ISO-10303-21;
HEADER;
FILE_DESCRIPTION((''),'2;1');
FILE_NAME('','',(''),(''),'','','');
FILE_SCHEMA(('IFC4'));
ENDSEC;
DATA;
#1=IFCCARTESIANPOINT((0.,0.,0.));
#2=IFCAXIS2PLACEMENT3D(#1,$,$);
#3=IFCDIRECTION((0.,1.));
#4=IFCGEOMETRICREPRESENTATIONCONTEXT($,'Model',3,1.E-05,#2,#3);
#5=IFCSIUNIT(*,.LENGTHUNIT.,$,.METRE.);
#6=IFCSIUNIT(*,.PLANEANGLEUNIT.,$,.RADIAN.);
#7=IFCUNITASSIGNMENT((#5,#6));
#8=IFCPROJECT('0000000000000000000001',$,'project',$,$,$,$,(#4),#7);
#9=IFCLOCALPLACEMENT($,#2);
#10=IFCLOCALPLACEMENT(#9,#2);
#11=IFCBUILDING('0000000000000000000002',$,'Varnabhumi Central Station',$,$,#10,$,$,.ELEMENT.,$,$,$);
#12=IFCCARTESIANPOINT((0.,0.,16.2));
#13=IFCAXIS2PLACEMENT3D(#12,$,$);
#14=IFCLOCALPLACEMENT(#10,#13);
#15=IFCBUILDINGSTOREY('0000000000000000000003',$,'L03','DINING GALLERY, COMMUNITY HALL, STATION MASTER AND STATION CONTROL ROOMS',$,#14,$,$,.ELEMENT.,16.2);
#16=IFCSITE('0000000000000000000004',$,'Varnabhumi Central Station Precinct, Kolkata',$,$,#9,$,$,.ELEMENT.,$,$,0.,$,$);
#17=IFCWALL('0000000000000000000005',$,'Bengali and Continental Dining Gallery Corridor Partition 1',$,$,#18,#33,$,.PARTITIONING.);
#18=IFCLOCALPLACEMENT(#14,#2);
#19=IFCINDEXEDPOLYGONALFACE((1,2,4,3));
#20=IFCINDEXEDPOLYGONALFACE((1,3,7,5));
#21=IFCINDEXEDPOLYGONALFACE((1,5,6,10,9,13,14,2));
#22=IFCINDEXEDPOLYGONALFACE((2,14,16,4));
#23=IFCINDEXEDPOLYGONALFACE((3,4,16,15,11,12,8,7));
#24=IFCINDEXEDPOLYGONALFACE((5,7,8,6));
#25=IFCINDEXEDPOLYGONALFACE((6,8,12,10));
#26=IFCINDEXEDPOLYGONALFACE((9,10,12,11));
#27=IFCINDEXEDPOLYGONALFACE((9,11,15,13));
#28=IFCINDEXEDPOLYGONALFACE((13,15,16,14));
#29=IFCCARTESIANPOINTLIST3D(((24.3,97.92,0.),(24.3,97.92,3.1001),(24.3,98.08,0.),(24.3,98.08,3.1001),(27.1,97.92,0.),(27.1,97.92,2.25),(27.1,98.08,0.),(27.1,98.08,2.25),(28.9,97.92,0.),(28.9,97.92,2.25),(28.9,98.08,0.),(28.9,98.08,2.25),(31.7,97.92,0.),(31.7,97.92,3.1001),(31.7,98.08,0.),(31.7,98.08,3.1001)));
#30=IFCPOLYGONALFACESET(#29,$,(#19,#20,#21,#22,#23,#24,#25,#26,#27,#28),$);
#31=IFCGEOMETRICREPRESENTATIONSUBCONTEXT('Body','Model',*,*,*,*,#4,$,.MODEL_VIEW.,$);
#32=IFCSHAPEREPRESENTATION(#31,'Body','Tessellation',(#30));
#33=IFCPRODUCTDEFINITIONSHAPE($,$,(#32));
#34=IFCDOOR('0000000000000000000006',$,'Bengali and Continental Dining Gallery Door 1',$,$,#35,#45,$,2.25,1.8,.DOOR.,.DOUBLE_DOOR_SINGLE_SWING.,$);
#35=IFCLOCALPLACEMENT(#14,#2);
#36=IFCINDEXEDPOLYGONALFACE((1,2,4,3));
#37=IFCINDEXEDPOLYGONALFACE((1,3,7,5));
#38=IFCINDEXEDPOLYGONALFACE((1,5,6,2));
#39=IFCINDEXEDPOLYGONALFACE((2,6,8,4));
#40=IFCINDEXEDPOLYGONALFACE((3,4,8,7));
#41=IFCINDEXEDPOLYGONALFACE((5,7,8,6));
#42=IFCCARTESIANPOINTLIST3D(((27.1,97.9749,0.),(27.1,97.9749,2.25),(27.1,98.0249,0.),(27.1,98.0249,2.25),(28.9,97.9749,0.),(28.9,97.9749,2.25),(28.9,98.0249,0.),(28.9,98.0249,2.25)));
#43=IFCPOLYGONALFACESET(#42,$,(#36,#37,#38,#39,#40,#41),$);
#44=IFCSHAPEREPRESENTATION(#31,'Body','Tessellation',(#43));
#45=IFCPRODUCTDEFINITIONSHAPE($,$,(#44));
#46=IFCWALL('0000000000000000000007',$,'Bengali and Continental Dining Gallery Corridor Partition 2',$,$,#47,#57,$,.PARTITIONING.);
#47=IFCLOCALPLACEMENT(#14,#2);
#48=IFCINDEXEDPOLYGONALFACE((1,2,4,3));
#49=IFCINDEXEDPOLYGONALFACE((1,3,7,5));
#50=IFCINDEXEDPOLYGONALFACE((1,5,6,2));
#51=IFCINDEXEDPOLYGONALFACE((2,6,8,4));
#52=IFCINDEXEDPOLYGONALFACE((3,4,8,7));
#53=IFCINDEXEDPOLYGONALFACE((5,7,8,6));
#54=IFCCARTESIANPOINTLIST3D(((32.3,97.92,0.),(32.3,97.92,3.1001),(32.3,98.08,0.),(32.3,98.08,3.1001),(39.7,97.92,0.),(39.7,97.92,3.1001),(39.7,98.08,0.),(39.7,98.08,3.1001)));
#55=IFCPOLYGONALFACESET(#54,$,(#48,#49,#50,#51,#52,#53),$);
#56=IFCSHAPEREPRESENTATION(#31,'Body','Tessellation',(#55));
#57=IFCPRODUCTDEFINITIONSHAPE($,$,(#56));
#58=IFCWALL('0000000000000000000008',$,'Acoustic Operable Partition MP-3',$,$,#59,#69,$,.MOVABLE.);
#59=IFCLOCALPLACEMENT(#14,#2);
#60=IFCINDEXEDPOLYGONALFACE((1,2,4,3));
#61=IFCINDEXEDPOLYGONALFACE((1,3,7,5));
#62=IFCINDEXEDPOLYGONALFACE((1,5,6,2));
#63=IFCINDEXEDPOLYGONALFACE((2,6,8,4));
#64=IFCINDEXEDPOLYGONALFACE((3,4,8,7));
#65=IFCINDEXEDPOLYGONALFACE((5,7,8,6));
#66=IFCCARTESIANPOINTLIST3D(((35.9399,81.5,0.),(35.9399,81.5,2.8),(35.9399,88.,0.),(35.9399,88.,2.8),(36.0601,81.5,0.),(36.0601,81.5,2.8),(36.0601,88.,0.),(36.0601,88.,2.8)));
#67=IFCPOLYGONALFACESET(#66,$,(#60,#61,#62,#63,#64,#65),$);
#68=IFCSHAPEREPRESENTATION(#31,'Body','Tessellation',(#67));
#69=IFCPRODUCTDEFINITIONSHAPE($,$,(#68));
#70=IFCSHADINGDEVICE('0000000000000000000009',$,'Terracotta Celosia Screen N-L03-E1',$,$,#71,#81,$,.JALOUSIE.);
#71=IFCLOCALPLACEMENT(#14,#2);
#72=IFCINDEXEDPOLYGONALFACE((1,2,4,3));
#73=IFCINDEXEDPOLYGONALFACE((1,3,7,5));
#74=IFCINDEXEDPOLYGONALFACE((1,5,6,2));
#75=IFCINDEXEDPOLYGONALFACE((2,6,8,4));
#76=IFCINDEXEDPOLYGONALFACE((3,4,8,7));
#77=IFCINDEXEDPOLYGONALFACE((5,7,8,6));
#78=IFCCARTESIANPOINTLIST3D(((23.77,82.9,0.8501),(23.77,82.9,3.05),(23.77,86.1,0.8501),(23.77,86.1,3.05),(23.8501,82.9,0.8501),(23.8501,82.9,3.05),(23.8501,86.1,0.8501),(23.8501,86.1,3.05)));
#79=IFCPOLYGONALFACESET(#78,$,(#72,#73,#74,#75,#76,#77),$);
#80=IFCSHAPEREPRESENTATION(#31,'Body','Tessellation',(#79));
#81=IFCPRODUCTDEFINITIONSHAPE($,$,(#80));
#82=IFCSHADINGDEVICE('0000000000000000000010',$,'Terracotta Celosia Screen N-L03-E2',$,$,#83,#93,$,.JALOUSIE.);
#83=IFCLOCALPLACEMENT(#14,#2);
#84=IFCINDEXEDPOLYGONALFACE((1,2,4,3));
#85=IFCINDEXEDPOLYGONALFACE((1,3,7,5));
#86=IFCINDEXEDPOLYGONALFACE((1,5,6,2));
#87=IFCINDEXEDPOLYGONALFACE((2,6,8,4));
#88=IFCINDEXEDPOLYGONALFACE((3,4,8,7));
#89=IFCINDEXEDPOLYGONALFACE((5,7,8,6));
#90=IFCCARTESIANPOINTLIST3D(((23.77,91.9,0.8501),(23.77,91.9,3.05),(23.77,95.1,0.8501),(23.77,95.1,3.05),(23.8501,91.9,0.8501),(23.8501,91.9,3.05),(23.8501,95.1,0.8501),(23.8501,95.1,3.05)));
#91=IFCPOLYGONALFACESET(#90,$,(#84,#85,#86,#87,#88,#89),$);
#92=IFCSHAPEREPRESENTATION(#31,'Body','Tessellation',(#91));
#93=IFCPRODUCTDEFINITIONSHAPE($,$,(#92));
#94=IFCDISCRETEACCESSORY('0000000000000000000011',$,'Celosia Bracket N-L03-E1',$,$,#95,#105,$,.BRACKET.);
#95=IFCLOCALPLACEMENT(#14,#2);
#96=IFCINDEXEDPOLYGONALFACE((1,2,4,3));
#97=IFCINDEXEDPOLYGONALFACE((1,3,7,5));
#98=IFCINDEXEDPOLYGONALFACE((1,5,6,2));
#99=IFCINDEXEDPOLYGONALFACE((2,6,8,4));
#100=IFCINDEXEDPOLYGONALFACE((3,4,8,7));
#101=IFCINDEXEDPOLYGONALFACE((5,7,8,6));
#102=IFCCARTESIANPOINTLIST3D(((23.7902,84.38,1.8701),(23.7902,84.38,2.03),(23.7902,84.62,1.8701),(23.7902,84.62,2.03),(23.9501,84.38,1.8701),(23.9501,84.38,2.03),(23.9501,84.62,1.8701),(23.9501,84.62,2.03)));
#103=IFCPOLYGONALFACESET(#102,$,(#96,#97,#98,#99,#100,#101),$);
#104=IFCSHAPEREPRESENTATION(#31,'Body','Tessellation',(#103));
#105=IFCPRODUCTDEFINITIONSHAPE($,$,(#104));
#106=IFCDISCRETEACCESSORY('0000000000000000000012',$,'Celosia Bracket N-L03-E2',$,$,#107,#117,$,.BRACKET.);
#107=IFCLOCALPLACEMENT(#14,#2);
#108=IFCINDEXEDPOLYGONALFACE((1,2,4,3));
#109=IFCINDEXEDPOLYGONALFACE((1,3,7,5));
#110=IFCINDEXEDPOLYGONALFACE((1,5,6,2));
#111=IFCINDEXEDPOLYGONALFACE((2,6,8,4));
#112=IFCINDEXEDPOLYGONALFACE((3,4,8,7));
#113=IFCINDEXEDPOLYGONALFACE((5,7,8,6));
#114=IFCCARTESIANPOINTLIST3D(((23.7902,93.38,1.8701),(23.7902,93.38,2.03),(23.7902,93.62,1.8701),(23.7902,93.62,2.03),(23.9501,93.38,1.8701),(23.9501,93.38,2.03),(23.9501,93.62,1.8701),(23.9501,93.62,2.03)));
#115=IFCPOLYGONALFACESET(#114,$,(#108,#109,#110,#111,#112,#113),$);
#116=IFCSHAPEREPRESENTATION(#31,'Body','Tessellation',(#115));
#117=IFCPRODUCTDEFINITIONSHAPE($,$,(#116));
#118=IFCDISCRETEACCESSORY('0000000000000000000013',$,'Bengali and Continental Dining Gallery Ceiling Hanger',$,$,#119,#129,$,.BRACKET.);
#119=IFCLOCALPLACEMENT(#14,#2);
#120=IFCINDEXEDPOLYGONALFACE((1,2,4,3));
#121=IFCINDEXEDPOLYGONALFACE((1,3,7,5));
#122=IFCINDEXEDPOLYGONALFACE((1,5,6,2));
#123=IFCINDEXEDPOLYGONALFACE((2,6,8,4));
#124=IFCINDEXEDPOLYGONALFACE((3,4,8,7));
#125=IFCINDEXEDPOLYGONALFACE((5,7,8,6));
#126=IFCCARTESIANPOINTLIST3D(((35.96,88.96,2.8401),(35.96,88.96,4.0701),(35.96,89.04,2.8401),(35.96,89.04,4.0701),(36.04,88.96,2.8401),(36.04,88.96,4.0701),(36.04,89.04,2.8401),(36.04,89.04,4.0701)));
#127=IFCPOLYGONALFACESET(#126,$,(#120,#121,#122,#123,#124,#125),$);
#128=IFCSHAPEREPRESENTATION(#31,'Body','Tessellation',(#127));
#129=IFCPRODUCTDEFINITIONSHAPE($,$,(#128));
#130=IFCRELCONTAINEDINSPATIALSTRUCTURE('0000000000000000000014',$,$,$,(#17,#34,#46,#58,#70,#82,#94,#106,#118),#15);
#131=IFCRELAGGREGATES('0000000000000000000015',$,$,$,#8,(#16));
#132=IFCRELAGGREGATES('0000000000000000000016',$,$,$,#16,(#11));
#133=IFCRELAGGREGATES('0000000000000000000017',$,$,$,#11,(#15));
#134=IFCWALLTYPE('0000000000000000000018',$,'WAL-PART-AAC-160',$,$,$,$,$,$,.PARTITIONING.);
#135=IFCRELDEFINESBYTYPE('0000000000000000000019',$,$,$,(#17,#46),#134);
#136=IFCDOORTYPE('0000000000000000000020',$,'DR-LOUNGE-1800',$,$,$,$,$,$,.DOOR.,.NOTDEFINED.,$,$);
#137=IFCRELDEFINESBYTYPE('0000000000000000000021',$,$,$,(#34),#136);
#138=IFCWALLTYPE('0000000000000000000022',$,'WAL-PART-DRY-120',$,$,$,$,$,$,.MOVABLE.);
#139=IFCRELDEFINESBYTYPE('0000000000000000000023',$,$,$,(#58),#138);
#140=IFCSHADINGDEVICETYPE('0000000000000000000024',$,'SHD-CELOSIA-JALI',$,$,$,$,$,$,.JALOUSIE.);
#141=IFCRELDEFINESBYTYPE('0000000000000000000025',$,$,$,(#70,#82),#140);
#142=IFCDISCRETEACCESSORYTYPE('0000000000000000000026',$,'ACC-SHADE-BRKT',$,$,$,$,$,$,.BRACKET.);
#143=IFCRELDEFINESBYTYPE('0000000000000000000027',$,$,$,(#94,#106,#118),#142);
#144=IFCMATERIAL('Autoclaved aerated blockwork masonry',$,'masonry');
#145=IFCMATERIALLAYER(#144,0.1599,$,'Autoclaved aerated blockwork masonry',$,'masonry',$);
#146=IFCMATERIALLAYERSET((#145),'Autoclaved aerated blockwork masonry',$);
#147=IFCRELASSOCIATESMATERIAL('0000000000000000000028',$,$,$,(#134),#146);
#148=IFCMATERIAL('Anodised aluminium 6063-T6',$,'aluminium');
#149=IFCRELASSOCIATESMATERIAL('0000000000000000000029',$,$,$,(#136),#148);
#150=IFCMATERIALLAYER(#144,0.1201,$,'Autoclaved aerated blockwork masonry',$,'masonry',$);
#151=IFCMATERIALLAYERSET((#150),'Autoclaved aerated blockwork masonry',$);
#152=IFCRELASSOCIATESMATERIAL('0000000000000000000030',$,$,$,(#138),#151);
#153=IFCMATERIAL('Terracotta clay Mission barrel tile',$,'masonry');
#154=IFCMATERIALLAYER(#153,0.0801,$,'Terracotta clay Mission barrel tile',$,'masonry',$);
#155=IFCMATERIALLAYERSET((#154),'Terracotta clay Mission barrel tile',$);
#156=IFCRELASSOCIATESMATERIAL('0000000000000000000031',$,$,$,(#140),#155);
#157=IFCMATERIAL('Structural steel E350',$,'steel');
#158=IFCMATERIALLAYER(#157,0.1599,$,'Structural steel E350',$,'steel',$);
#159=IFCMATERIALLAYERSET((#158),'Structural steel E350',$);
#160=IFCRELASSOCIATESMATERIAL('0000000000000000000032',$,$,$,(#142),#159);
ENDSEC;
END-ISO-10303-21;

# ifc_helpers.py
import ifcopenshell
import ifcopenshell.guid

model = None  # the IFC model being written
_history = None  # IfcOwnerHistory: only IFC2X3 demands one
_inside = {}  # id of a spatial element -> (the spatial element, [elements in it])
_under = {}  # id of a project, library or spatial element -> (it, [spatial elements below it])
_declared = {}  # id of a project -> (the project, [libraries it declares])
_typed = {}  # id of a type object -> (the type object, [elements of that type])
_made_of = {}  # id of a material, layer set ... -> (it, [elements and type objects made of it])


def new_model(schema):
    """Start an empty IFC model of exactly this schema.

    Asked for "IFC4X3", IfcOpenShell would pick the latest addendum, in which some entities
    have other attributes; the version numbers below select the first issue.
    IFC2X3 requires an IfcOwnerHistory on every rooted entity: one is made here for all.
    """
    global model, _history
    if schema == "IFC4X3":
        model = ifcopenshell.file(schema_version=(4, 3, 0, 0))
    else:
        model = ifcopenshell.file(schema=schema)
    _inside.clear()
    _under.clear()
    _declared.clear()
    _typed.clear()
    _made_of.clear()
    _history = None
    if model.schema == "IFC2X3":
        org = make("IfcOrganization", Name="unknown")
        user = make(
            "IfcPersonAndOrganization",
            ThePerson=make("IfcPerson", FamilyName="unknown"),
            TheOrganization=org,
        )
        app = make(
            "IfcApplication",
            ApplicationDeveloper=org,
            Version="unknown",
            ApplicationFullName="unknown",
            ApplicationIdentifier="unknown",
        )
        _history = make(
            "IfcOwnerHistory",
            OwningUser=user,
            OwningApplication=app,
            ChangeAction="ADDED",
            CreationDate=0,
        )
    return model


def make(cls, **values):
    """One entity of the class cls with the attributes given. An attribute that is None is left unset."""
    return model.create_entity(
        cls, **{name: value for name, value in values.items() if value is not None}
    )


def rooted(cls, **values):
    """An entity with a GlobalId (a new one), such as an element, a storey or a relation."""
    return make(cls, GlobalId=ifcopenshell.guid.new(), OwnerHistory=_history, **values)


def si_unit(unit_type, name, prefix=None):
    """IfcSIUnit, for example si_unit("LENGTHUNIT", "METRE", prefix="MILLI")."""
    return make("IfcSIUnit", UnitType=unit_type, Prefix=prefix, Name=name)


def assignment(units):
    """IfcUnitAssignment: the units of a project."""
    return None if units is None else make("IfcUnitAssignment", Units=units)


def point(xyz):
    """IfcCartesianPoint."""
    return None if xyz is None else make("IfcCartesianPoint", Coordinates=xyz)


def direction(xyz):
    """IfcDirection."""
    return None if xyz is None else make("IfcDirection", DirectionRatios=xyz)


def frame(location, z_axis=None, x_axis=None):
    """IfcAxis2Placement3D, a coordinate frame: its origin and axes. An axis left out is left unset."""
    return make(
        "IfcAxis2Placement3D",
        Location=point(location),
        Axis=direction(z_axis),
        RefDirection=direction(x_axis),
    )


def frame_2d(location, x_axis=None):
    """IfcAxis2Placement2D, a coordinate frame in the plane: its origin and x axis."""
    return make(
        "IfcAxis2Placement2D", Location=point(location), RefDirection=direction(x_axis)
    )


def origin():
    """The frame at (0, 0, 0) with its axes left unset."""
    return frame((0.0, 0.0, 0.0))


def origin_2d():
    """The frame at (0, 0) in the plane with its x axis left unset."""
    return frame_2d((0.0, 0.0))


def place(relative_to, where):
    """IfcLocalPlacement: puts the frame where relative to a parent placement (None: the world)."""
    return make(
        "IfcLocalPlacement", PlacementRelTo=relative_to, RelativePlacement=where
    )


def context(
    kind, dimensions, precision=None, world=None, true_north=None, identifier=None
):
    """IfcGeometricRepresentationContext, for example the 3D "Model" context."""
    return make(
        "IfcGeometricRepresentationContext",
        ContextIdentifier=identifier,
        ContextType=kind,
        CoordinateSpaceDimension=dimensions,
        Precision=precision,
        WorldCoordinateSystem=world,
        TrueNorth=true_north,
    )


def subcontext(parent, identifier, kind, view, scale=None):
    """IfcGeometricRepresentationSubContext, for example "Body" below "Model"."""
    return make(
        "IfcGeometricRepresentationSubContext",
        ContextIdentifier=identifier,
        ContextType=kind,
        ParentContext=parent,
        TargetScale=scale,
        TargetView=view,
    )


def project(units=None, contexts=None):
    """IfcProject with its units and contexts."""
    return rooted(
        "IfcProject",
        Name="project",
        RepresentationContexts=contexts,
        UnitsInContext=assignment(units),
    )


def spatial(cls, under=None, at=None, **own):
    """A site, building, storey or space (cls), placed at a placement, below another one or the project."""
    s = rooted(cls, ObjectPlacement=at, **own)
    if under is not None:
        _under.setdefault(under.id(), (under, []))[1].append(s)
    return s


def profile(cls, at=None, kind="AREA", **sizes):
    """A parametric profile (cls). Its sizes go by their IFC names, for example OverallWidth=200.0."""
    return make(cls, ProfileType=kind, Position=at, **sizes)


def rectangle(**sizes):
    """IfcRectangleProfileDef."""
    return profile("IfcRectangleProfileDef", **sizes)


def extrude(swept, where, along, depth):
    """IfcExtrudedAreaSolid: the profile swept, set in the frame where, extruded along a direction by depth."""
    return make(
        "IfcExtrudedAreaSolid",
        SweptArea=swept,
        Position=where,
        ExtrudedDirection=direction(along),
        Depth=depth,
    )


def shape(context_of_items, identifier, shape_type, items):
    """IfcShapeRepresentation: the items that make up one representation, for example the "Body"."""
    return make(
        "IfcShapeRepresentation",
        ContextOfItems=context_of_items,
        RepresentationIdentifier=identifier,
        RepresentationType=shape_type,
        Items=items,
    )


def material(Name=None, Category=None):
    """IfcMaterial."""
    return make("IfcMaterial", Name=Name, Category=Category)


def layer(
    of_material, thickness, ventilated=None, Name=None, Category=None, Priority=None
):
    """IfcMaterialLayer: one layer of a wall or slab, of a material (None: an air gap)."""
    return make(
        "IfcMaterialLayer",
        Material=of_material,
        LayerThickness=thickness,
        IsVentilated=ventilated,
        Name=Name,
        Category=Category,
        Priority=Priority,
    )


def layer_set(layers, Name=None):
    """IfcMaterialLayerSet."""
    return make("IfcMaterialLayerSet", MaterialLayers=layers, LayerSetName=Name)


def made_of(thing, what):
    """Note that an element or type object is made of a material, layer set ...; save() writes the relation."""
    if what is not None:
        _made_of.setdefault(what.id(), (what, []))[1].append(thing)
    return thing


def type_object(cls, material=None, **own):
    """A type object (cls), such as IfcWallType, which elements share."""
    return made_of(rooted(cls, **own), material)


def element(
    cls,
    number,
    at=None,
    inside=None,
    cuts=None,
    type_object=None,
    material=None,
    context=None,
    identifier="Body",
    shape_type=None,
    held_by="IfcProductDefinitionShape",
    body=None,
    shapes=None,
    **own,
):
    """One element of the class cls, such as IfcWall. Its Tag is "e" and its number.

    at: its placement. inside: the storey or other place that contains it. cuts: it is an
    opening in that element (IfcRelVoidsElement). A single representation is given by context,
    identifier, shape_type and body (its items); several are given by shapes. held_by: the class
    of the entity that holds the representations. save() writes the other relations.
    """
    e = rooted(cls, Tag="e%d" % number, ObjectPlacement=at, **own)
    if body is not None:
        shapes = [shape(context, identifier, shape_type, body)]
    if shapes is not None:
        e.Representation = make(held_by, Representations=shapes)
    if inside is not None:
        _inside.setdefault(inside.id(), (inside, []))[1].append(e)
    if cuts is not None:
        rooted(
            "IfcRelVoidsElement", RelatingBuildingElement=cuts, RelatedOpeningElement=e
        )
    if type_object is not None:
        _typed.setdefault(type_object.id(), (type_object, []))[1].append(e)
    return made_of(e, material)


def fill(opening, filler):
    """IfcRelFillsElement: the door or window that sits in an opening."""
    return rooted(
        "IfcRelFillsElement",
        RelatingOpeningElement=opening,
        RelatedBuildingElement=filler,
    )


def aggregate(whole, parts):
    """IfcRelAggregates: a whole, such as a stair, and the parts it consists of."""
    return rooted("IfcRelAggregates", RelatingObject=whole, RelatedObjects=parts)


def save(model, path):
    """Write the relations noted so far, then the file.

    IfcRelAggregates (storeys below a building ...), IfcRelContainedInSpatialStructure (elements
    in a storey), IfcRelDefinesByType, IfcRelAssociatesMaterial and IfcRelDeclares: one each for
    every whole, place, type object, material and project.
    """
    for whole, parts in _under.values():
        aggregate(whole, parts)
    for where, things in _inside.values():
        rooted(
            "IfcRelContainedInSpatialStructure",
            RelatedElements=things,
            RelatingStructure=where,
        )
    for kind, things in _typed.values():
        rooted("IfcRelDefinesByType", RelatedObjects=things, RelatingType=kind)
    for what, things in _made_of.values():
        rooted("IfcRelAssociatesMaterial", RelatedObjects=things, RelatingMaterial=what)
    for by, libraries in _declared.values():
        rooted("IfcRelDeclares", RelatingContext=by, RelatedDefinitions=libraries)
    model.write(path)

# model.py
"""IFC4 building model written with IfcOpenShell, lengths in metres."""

from ifc_helpers import new_model, si_unit, direction, frame, frame_2d, origin, origin_2d, place, context, subcontext, project, spatial, rectangle, extrude, material, layer, layer_set, type_object, element, fill, save


model = new_model("IFC4")

# Units and contexts
model_context = context("Model", 3, precision=1e-05, world=origin(), true_north=direction((0.0, 1.0)))
body_context = subcontext(model_context, "Body", "Model", "MODEL_VIEW")
ifc_project = project(units=[si_unit("LENGTHUNIT", "METRE"), si_unit("PLANEANGLEUNIT", "RADIAN")], contexts=[model_context])

# Site, building, storey
site_placement = place(None, origin())
site = spatial("IfcSite", under=ifc_project, at=site_placement, Name="Varnabhumi Central Station Precinct, Kolkata", CompositionType="ELEMENT", RefElevation=0.0)
building_placement = place(site_placement, origin())
building = spatial("IfcBuilding", under=site, at=building_placement, Name="Varnabhumi Central Station", CompositionType="ELEMENT")
storey_placement = place(building_placement, frame((0.0, 0.0, 16.2)))
storey = spatial("IfcBuildingStorey", under=building, at=storey_placement, Name="L03", Description="DINING GALLERY, COMMUNITY HALL, STATION MASTER AND STATION CONTROL ROOMS", CompositionType="ELEMENT", Elevation=16.2)

# Shared definitions
ifc_material_1 = material(Name="Structural steel E350", Category="steel")

# Shared definitions
ifc_material_2 = material(Name="Autoclaved aerated blockwork masonry", Category="masonry")

# Wall, opening, door
ifc_layer_1 = layer(ifc_material_2, 0.1599, Name="Autoclaved aerated blockwork masonry", Category="masonry")
ifc_layer_set_1 = layer_set([ifc_layer_1], Name="Autoclaved aerated blockwork masonry")
wall_type_1 = type_object("IfcWallType", Name="WAL-PART-AAC-160", PredefinedType="PARTITIONING", material=ifc_layer_set_1)
wall_1_placement = place(storey_placement, frame((24.3, 98.0, 0.0), z_axis=(0.0, 0.0, 1.0), x_axis=(1.0, 0.0, 0.0)))
wall_1 = element("IfcWall", 1, at=wall_1_placement, inside=storey, type_object=wall_type_1, Name="Bengali and Continental Dining Gallery Corridor Partition 1", PredefinedType="PARTITIONING", context=body_context, shape_type="SweptSolid", body=[
    extrude(rectangle(XDim=7.3999, YDim=0.1599, at=frame_2d((3.7, 0.0))), origin(), (0.0, 0.0, 1.0), 3.1001),
])
opening_1_placement = place(wall_1_placement, frame((2.8, 0.0, 0.0)))
opening_1 = element("IfcOpeningElement", 2, at=opening_1_placement, cuts=wall_1, PredefinedType="OPENING", context=body_context, shape_type="SweptSolid", body=[
    extrude(rectangle(XDim=1.8, YDim=2.25, at=frame_2d((0.8999, 1.125))), frame((0.0, 0.0898, 0.0), z_axis=(0.0, -1.0, 0.0), x_axis=(1.0, 0.0, 0.0)), (0.0, 0.0, 1.0), 0.1799),
])
ifc_material_3 = material(Name="Anodised aluminium 6063-T6", Category="aluminium")
door_type = type_object("IfcDoorType", Name="DR-LOUNGE-1800", OperationType="NOTDEFINED", PredefinedType="DOOR", material=ifc_material_3)
door_placement = place(opening_1_placement, origin())
door = element("IfcDoor", 3, at=door_placement, inside=storey, type_object=door_type, Name="Bengali and Continental Dining Gallery Door 1", OperationType="DOUBLE_DOOR_SINGLE_SWING", OverallHeight=2.25, OverallWidth=1.8, PredefinedType="DOOR", context=body_context, shape_type="SweptSolid", body=[
    extrude(rectangle(XDim=1.8, YDim=2.25, at=frame_2d((0.8999, 1.125))), frame((0.0, 0.0249, 0.0), z_axis=(0.0, -1.0, 0.0), x_axis=(1.0, 0.0, 0.0)), (0.0, 0.0, 1.0), 0.05),
])
fill(opening_1, door)

# Walls
wall_2_placement = place(storey_placement, frame((32.3, 98.0, 0.0), z_axis=(0.0, 0.0, 1.0), x_axis=(1.0, 0.0, 0.0)))
element("IfcWall", 4, at=wall_2_placement, inside=storey, type_object=wall_type_1, Name="Bengali and Continental Dining Gallery Corridor Partition 2", PredefinedType="PARTITIONING", context=body_context, shape_type="SweptSolid", body=[
    extrude(rectangle(XDim=7.3999, YDim=0.1599, at=frame_2d((3.7, 0.0))), origin(), (0.0, 0.0, 1.0), 3.1001),
])
ifc_layer_2 = layer(ifc_material_2, 0.1201, Name="Autoclaved aerated blockwork masonry", Category="masonry")
ifc_layer_set_2 = layer_set([ifc_layer_2], Name="Autoclaved aerated blockwork masonry")
wall_type_2 = type_object("IfcWallType", Name="WAL-PART-DRY-120", PredefinedType="MOVABLE", material=ifc_layer_set_2)
wall_3_placement = place(storey_placement, frame((36.0, 81.5, 0.0), z_axis=(0.0, 0.0, 1.0), x_axis=(0.0, 1.0, 0.0)))
element("IfcWall", 5, at=wall_3_placement, inside=storey, type_object=wall_type_2, Name="Acoustic Operable Partition MP-3", PredefinedType="MOVABLE", context=body_context, shape_type="SweptSolid", body=[
    extrude(rectangle(XDim=6.5, YDim=0.1201, at=frame_2d((3.25, 0.0))), origin(), (0.0, 0.0, 1.0), 2.8),
])

# Shading devices
ifc_material_4 = material(Name="Terracotta clay Mission barrel tile", Category="masonry")
ifc_layer_3 = layer(ifc_material_4, 0.0801, Name="Terracotta clay Mission barrel tile", Category="masonry")
ifc_layer_set_3 = layer_set([ifc_layer_3], Name="Terracotta clay Mission barrel tile")
shading_device_type = type_object("IfcShadingDeviceType", Name="SHD-CELOSIA-JALI", PredefinedType="JALOUSIE", material=ifc_layer_set_3)
for number, where, z_axis, x_axis, name in (
    (6, (23.8101, 84.5, 0.8501), (0.0, 0.0, 1.0), (1.0, 0.0, 0.0), "Terracotta Celosia Screen N-L03-E1"),
    (7, (23.8101, 93.5, 0.8501), (0.0, 0.0, 1.0), (1.0, 0.0, 0.0), "Terracotta Celosia Screen N-L03-E2"),
):
    element("IfcShadingDevice", number, at=place(storey_placement, frame(where, z_axis=z_axis, x_axis=x_axis)), inside=storey, type_object=shading_device_type, Name=name, PredefinedType="JALOUSIE", context=body_context, shape_type="SweptSolid", body=[
        extrude(rectangle(XDim=0.0801, YDim=3.2, at=origin_2d()), origin(), (0.0, 0.0, 1.0), 2.2),
    ])

# Discrete accessories
ifc_layer_4 = layer(ifc_material_1, 0.1599, Name="Structural steel E350", Category="steel")
ifc_layer_set_4 = layer_set([ifc_layer_4], Name="Structural steel E350")
discrete_accessory_type = type_object("IfcDiscreteAccessoryType", Name="ACC-SHADE-BRKT", PredefinedType="BRACKET", material=ifc_layer_set_4)
for number, where, z_axis, x_axis, name in (
    (8, (23.8701, 84.5, 1.8701), (0.0, 0.0, 1.0), (1.0, 0.0, 0.0), "Celosia Bracket N-L03-E1"),
    (9, (23.8701, 93.5, 1.8701), (0.0, 0.0, 1.0), (1.0, 0.0, 0.0), "Celosia Bracket N-L03-E2"),
):
    element("IfcDiscreteAccessory", number, at=place(storey_placement, frame(where, z_axis=z_axis, x_axis=x_axis)), inside=storey, type_object=discrete_accessory_type, Name=name, PredefinedType="BRACKET", context=body_context, shape_type="SweptSolid", body=[
        extrude(rectangle(XDim=0.1599, YDim=0.24, at=origin_2d()), origin(), (0.0, 0.0, 1.0), 0.1599),
    ])
discrete_accessory_placement = place(storey_placement, frame((36.0, 89.0, 2.8401), z_axis=(0.0, 0.0, 1.0), x_axis=(1.0, 0.0, 0.0)))
element("IfcDiscreteAccessory", 10, at=discrete_accessory_placement, inside=storey, type_object=discrete_accessory_type, Name="Bengali and Continental Dining Gallery Ceiling Hanger", PredefinedType="BRACKET", context=body_context, shape_type="SweptSolid", body=[
    extrude(rectangle(XDim=0.0801, YDim=0.0801, at=origin_2d()), origin(), (0.0, 0.0, 1.0), 1.23),
])

save(model, "model.ifc")
